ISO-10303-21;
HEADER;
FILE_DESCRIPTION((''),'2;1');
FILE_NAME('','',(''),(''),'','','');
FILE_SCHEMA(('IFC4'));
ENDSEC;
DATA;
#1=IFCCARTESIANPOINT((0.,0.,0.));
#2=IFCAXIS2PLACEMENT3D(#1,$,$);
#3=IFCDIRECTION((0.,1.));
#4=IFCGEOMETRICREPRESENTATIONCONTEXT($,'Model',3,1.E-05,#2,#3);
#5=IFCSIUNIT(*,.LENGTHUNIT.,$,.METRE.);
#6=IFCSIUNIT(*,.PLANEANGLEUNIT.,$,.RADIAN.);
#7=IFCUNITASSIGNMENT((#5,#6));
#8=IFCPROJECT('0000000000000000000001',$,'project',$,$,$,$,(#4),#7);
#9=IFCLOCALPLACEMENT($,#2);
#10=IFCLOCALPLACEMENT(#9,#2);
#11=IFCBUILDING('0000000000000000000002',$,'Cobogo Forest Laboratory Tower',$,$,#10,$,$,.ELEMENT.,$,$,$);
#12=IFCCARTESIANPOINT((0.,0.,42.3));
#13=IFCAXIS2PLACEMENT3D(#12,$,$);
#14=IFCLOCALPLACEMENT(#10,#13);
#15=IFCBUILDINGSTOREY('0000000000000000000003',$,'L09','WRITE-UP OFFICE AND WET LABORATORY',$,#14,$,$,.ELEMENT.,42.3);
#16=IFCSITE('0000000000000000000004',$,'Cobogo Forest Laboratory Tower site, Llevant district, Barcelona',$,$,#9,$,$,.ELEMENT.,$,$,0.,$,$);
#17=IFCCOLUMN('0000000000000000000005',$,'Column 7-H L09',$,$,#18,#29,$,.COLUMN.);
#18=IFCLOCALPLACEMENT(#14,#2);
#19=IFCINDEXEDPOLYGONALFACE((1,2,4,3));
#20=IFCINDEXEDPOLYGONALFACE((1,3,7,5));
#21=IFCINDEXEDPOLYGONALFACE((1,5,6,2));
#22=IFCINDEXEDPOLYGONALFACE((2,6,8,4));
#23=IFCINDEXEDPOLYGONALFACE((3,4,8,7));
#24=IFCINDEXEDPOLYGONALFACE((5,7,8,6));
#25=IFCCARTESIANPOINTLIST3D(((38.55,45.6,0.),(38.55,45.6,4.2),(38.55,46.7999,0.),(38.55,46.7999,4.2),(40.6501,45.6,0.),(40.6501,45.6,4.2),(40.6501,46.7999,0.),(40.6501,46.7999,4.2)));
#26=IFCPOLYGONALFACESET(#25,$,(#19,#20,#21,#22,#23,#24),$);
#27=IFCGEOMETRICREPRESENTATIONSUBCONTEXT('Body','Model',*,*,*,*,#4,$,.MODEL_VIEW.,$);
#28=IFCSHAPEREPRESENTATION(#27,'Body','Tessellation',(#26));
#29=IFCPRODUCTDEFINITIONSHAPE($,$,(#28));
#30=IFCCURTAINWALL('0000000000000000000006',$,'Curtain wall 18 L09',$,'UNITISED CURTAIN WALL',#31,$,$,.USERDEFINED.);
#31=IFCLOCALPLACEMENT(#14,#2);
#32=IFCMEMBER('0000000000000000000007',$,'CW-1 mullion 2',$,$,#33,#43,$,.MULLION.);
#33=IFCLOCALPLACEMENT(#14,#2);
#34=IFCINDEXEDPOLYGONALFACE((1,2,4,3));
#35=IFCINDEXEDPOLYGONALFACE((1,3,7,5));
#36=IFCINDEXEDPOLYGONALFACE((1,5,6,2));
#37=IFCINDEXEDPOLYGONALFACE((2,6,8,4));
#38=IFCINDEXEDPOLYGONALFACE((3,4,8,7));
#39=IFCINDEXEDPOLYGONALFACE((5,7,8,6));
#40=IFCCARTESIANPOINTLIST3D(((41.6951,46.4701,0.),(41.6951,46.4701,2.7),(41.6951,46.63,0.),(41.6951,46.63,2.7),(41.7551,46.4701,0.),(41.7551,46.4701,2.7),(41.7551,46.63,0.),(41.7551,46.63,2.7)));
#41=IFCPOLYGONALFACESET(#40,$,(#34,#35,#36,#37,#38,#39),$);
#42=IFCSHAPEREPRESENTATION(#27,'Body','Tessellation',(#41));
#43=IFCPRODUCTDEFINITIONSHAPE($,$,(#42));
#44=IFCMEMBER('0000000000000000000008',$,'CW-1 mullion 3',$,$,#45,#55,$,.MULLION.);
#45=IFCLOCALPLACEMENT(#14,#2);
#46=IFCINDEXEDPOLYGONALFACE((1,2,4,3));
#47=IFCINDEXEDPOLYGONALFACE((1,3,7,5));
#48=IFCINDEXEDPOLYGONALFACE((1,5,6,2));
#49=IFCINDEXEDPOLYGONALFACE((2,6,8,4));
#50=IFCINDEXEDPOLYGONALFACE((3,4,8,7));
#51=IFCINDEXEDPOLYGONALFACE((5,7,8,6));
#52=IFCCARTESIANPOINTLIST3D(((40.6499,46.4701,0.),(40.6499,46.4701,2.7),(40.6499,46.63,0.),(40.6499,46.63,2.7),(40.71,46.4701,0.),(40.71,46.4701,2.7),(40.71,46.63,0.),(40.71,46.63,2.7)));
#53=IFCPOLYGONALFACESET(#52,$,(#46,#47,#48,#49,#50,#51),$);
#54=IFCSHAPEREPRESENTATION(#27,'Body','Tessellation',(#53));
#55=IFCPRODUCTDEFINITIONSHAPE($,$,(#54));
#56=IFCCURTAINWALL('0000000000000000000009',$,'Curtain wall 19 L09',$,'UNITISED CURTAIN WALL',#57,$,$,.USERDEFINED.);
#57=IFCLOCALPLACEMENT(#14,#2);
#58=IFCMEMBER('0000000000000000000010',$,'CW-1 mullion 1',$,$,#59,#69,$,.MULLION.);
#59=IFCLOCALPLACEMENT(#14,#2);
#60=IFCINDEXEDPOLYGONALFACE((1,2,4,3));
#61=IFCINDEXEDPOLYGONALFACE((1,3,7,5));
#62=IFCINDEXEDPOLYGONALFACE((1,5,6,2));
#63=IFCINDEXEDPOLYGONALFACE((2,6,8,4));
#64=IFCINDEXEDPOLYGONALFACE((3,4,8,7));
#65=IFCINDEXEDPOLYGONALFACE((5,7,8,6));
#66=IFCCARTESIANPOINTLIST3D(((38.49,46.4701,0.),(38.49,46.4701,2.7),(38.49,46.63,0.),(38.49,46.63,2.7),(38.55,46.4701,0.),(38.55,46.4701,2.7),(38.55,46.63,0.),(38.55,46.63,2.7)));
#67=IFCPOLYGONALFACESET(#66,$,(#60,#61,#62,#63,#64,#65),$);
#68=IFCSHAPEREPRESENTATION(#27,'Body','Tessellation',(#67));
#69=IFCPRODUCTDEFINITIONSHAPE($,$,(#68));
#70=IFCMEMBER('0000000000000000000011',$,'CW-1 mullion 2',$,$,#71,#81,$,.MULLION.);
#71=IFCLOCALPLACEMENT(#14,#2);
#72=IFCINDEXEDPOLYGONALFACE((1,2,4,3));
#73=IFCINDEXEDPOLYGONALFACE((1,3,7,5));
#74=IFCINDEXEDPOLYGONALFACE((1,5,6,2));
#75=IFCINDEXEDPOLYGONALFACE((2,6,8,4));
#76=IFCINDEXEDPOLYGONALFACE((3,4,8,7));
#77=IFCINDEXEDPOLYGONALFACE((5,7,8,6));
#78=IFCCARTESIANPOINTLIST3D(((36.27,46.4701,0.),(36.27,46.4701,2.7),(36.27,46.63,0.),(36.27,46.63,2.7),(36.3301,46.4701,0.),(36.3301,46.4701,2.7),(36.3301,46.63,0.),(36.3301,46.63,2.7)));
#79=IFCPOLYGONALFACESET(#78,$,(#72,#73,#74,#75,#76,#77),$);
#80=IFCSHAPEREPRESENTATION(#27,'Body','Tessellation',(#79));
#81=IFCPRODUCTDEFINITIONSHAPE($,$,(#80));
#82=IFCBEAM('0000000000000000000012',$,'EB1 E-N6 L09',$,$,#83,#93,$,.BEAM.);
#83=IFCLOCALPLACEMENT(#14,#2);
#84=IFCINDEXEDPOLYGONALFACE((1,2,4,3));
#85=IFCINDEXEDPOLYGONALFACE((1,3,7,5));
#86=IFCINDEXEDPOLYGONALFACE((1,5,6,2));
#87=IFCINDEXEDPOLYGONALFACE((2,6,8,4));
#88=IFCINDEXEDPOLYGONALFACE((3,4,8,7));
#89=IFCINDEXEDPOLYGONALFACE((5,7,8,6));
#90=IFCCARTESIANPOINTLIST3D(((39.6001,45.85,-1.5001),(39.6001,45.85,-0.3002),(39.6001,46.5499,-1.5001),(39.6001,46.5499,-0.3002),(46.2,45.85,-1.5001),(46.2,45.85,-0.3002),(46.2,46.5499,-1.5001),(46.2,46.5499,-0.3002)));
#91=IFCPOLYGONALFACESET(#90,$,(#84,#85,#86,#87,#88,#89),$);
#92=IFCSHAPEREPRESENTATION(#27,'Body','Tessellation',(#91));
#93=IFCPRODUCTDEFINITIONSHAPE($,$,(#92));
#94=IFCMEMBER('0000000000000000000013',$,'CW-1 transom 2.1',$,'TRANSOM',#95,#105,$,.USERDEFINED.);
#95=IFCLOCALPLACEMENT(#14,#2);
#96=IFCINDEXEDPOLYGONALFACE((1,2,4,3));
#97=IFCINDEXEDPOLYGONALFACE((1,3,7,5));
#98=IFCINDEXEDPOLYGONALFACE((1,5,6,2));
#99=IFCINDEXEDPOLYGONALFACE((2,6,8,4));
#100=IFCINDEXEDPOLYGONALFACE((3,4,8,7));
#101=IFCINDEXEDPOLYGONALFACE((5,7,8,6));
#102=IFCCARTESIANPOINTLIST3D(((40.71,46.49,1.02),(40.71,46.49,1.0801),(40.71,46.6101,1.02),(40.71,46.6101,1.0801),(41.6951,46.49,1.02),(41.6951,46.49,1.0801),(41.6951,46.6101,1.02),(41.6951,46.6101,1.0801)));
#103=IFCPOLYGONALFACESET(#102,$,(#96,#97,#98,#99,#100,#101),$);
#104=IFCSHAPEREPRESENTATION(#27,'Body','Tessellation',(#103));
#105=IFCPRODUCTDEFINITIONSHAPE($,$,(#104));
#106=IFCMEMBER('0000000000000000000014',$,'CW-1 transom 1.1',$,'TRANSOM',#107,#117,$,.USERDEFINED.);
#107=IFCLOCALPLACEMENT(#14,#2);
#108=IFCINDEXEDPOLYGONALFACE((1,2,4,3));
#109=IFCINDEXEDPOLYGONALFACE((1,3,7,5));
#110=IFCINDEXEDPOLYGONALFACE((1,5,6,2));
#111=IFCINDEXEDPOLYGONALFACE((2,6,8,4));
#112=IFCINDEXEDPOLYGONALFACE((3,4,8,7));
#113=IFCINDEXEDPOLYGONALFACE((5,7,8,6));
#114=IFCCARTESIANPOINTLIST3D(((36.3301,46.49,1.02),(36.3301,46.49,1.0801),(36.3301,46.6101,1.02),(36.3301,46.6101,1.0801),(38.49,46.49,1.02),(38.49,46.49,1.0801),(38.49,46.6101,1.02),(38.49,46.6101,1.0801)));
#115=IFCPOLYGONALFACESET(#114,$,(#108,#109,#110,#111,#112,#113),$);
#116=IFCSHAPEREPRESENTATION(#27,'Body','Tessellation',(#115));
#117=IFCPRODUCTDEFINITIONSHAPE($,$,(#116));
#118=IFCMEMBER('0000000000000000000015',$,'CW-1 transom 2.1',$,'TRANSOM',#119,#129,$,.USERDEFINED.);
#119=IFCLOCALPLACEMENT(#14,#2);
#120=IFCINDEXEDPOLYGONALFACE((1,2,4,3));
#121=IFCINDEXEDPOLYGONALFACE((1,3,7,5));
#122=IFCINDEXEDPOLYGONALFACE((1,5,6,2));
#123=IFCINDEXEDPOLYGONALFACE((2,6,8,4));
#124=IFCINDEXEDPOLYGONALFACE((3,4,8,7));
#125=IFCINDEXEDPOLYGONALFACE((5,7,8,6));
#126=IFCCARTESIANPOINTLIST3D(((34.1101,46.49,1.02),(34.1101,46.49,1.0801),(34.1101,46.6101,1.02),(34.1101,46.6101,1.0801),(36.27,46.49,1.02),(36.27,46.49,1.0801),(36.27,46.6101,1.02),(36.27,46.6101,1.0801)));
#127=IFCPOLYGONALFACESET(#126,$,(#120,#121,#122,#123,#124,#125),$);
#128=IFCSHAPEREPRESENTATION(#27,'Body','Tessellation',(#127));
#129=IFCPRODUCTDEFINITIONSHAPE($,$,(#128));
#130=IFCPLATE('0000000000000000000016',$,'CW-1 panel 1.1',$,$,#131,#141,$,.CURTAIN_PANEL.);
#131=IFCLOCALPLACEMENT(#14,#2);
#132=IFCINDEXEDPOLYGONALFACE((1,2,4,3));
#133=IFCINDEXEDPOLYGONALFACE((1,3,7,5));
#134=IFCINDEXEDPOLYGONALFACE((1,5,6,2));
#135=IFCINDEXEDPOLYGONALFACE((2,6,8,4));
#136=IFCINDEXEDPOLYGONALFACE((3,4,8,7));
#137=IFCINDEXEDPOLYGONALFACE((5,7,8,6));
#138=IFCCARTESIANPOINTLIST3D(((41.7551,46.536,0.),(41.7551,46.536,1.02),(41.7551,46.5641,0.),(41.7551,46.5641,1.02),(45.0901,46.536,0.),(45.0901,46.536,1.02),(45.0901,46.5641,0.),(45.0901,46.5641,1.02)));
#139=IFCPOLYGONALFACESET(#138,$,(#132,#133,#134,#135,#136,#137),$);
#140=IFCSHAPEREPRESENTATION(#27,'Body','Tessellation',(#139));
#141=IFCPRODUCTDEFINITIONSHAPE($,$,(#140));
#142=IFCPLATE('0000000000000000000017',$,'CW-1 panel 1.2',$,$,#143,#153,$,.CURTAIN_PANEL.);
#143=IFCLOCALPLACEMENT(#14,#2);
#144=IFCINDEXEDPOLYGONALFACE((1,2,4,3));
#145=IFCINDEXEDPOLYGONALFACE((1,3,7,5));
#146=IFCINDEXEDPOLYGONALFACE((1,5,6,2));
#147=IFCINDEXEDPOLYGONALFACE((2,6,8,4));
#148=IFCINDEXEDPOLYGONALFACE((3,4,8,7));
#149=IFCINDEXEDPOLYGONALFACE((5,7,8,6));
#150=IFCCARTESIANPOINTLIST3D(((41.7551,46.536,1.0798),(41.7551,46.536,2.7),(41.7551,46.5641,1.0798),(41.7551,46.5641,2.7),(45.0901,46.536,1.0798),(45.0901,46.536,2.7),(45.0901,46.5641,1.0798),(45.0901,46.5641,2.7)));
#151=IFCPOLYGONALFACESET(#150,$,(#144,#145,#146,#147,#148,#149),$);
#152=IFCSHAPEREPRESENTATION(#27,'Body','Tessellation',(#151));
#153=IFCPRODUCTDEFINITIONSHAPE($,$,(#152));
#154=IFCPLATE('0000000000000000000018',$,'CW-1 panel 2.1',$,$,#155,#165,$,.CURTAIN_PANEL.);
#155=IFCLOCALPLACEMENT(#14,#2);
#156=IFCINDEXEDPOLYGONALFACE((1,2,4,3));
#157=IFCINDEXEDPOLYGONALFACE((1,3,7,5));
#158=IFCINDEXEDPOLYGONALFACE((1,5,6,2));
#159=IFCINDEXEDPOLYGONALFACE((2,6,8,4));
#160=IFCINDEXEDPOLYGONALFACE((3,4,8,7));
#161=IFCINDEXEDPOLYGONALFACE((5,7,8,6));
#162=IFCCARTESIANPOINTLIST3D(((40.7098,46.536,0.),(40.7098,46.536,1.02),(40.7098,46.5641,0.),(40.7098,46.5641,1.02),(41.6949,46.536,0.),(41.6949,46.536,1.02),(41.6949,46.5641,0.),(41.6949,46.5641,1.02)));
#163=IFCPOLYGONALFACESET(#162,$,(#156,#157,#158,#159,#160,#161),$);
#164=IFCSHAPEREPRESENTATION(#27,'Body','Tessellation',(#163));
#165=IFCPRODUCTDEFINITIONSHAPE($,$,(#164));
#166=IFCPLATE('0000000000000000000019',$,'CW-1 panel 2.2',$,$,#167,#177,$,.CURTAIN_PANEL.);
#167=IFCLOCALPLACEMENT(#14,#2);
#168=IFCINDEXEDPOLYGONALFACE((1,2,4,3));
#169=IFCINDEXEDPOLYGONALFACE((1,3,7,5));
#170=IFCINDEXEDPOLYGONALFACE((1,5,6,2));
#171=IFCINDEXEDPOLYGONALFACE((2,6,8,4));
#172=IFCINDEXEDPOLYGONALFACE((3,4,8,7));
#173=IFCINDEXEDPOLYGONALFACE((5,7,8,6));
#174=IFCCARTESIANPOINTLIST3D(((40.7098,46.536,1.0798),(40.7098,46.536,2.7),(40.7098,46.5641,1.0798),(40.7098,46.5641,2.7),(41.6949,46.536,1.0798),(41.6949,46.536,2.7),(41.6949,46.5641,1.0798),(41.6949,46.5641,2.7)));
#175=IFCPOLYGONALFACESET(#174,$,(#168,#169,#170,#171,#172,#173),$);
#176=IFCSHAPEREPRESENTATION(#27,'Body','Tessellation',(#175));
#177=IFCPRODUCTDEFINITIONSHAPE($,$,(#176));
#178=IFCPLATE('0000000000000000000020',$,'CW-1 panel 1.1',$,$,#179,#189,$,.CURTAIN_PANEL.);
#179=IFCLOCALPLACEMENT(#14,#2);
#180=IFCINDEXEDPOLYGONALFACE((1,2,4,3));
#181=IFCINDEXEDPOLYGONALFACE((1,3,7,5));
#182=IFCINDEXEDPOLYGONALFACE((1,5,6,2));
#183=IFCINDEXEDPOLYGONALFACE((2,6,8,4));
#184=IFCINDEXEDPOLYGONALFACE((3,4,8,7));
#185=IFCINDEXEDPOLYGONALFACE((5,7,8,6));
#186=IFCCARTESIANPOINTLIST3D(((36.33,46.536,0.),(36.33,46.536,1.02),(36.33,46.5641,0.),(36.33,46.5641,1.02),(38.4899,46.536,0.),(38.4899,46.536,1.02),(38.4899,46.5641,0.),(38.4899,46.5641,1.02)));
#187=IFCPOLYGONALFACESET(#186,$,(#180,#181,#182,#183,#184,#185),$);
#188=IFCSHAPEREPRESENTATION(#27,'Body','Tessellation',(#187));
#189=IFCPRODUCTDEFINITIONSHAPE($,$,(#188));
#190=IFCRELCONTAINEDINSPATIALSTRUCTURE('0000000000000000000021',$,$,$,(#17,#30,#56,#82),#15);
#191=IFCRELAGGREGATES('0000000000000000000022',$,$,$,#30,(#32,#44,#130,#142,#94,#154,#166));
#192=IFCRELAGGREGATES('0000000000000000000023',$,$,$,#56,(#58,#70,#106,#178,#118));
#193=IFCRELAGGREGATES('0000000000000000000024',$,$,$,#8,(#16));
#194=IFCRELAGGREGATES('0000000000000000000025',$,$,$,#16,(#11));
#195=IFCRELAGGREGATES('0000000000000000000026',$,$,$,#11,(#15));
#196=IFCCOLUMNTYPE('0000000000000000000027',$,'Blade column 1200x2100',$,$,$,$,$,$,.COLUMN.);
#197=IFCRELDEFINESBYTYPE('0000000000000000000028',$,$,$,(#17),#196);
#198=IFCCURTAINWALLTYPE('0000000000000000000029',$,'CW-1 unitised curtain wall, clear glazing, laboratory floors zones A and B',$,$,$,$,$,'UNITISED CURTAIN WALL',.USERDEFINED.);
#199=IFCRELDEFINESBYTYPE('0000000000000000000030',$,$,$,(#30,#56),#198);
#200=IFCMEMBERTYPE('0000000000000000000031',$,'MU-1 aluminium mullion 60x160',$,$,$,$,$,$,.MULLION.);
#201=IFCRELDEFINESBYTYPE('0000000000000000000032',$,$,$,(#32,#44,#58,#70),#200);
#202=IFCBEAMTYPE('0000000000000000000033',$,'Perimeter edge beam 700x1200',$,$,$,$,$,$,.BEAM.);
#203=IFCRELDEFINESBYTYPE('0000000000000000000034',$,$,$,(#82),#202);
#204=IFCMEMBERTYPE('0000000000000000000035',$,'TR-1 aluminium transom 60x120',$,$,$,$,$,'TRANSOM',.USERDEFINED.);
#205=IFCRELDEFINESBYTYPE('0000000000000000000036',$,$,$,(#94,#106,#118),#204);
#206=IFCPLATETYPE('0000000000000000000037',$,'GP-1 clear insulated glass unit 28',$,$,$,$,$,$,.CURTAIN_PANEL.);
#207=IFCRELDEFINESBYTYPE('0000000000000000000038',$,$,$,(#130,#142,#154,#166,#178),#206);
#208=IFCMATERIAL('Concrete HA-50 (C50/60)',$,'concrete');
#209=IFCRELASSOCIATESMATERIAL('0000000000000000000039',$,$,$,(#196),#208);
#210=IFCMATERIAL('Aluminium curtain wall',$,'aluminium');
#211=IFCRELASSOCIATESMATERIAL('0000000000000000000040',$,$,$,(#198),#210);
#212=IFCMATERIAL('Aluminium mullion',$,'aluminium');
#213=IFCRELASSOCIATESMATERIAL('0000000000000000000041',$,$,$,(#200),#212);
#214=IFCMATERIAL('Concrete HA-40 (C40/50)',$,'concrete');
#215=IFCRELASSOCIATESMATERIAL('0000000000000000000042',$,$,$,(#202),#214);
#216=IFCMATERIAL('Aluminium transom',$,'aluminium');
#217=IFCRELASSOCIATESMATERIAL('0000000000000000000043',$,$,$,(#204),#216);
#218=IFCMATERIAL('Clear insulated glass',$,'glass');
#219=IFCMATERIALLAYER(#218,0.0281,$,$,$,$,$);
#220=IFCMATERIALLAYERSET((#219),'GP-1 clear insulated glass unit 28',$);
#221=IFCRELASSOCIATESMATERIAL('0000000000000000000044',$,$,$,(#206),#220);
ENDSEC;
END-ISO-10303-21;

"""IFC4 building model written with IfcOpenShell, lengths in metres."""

from ifc_helpers import new_model, si_unit, direction, frame, origin, origin_2d, place, context, subcontext, project, spatial, rectangle, extrude, material, layer, layer_set, material_profile, profile_set, type_object, element, aggregate, save


model = new_model("IFC4")

# Units and contexts
model_context = context("Model", 3, precision=1e-05, world=origin(), true_north=direction((0.0, 1.0)))
body_context = subcontext(model_context, "Body", "Model", "MODEL_VIEW")
ifc_project = project(units=[si_unit("LENGTHUNIT", "METRE"), si_unit("PLANEANGLEUNIT", "RADIAN")], contexts=[model_context])

# Site, building, storey
site_placement = place(None, origin())
site = spatial("IfcSite", under=ifc_project, at=site_placement, Name="Cobogo Forest Laboratory Tower site, Llevant district, Barcelona", CompositionType="ELEMENT", RefElevation=0.0)
building_placement = place(site_placement, origin())
building = spatial("IfcBuilding", under=site, at=building_placement, Name="Cobogo Forest Laboratory Tower", CompositionType="ELEMENT")
storey_placement = place(building_placement, frame((0.0, 0.0, 42.3)))
storey = spatial("IfcBuildingStorey", under=building, at=storey_placement, Name="L09", Description="WRITE-UP OFFICE AND WET LABORATORY", CompositionType="ELEMENT", Elevation=42.3)

# Column
ifc_material_1 = material(Name="Concrete HA-50 (C50/60)", Category="concrete")
ifc_material_profile_1 = material_profile(ifc_material_1, rectangle(XDim=2.1001, YDim=1.2, at=origin_2d()), Name="RC 1200x2100")
ifc_profile_set_1 = profile_set([ifc_material_profile_1], Name="Concrete HA-50 (C50/60)")
column_type = type_object("IfcColumnType", Name="Blade column 1200x2100", PredefinedType="COLUMN", material=ifc_profile_set_1)
column_placement = place(storey_placement, frame((39.6001, 46.2, 0.0), z_axis=(0.0, 0.0, 1.0), x_axis=(1.0, 0.0, 0.0)))
element("IfcColumn", 1, at=column_placement, inside=storey, type_object=column_type, Name="Column 7-H L09", PredefinedType="COLUMN", context=body_context, shape_type="SweptSolid", body=[
    extrude(rectangle(XDim=2.1001, YDim=1.2, at=origin_2d()), origin(), (0.0, 0.0, 1.0), 4.2),
])

# Curtain walls, members
ifc_material_2 = material(Name="Aluminium curtain wall", Category="aluminium")
curtain_wall_type = type_object("IfcCurtainWallType", Name="CW-1 unitised curtain wall, clear glazing, laboratory floors zones A and B", ElementType="UNITISED CURTAIN WALL", PredefinedType="USERDEFINED", material=ifc_material_2)
curtain_wall_1_placement = place(storey_placement, origin())
curtain_wall_1 = element("IfcCurtainWall", 2, at=curtain_wall_1_placement, inside=storey, type_object=curtain_wall_type, Name="Curtain wall 18 L09", ObjectType="UNITISED CURTAIN WALL", PredefinedType="USERDEFINED")
ifc_material_3 = material(Name="Aluminium mullion", Category="aluminium")
ifc_material_profile_2 = material_profile(ifc_material_3, rectangle(XDim=0.0601, YDim=0.1599, at=origin_2d()), Name="AL 60x160")
ifc_profile_set_2 = profile_set([ifc_material_profile_2], Name="Aluminium mullion")
member_type_1 = type_object("IfcMemberType", Name="MU-1 aluminium mullion 60x160", PredefinedType="MULLION", material=ifc_profile_set_2)
member_1_placement = place(storey_placement, frame((41.7251, 46.55, 0.0), z_axis=(0.0, 0.0, 1.0), x_axis=(-1.0, 0.0, 0.0)))
member_1 = element("IfcMember", 3, at=member_1_placement, type_object=member_type_1, Name="CW-1 mullion 2", PredefinedType="MULLION", context=body_context, shape_type="SweptSolid", body=[
    extrude(rectangle(XDim=0.0601, YDim=0.1599, at=origin_2d()), origin(), (0.0, 0.0, 1.0), 2.7),
])
member_2_placement = place(storey_placement, frame((40.6799, 46.55, 0.0), z_axis=(0.0, 0.0, 1.0), x_axis=(-1.0, 0.0, 0.0)))
member_2 = element("IfcMember", 4, at=member_2_placement, type_object=member_type_1, Name="CW-1 mullion 3", PredefinedType="MULLION", context=body_context, shape_type="SweptSolid", body=[
    extrude(rectangle(XDim=0.0601, YDim=0.1599, at=origin_2d()), origin(), (0.0, 0.0, 1.0), 2.7),
])
curtain_wall_2_placement = place(storey_placement, origin())
curtain_wall_2 = element("IfcCurtainWall", 5, at=curtain_wall_2_placement, inside=storey, type_object=curtain_wall_type, Name="Curtain wall 19 L09", ObjectType="UNITISED CURTAIN WALL", PredefinedType="USERDEFINED")
member_3_placement = place(storey_placement, frame((38.52, 46.55, 0.0), z_axis=(0.0, 0.0, 1.0), x_axis=(-1.0, 0.0, 0.0)))
member_3 = element("IfcMember", 6, at=member_3_placement, type_object=member_type_1, Name="CW-1 mullion 1", PredefinedType="MULLION", context=body_context, shape_type="SweptSolid", body=[
    extrude(rectangle(XDim=0.0601, YDim=0.1599, at=origin_2d()), origin(), (0.0, 0.0, 1.0), 2.7),
])
member_4_placement = place(storey_placement, frame((36.3, 46.55, 0.0), z_axis=(0.0, 0.0, 1.0), x_axis=(-1.0, 0.0, 0.0)))
member_4 = element("IfcMember", 7, at=member_4_placement, type_object=member_type_1, Name="CW-1 mullion 2", PredefinedType="MULLION", context=body_context, shape_type="SweptSolid", body=[
    extrude(rectangle(XDim=0.0601, YDim=0.1599, at=origin_2d()), origin(), (0.0, 0.0, 1.0), 2.7),
])

# Beam
ifc_material_4 = material(Name="Concrete HA-40 (C40/50)", Category="concrete")
ifc_material_profile_3 = material_profile(ifc_material_4, rectangle(XDim=0.7, YDim=1.2, at=origin_2d()), Name="RC 700x1200")
ifc_profile_set_3 = profile_set([ifc_material_profile_3], Name="Concrete HA-40 (C40/50)")
beam_type = type_object("IfcBeamType", Name="Perimeter edge beam 700x1200", PredefinedType="BEAM", material=ifc_profile_set_3)
beam_placement = place(storey_placement, frame((39.6001, 46.2, -0.9001), z_axis=(1.0, 0.0, 0.0), x_axis=(0.0, 1.0, 0.0)))
element("IfcBeam", 8, at=beam_placement, inside=storey, type_object=beam_type, Name="EB1 E-N6 L09", PredefinedType="BEAM", context=body_context, shape_type="SweptSolid", body=[
    extrude(rectangle(XDim=0.7, YDim=1.2, at=origin_2d()), origin(), (0.0, 0.0, 1.0), 6.5999),
])

# Members
ifc_material_5 = material(Name="Aluminium transom", Category="aluminium")
ifc_material_profile_4 = material_profile(ifc_material_5, rectangle(XDim=0.1201, YDim=0.0601, at=origin_2d()), Name="AL 60x120")
ifc_profile_set_4 = profile_set([ifc_material_profile_4], Name="Aluminium transom")
member_type_2 = type_object("IfcMemberType", Name="TR-1 aluminium transom 60x120", ElementType="TRANSOM", PredefinedType="USERDEFINED", material=ifc_profile_set_4)
member_5_placement = place(storey_placement, frame((41.6951, 46.55, 1.05), z_axis=(-1.0, 0.0, 0.0), x_axis=(0.0, -1.0, 0.0)))
member_5 = element("IfcMember", 9, at=member_5_placement, type_object=member_type_2, Name="CW-1 transom 2.1", ObjectType="TRANSOM", PredefinedType="USERDEFINED", context=body_context, shape_type="SweptSolid", body=[
    extrude(rectangle(XDim=0.1201, YDim=0.0601, at=origin_2d()), origin(), (0.0, 0.0, 1.0), 0.9851),
])
member_6_placement = place(storey_placement, frame((38.49, 46.55, 1.05), z_axis=(-1.0, 0.0, 0.0), x_axis=(0.0, -1.0, 0.0)))
member_6 = element("IfcMember", 10, at=member_6_placement, type_object=member_type_2, Name="CW-1 transom 1.1", ObjectType="TRANSOM", PredefinedType="USERDEFINED", context=body_context, shape_type="SweptSolid", body=[
    extrude(rectangle(XDim=0.1201, YDim=0.0601, at=origin_2d()), origin(), (0.0, 0.0, 1.0), 2.1599),
])
member_7_placement = place(storey_placement, frame((36.27, 46.55, 1.05), z_axis=(-1.0, 0.0, 0.0), x_axis=(0.0, -1.0, 0.0)))
member_7 = element("IfcMember", 11, at=member_7_placement, type_object=member_type_2, Name="CW-1 transom 2.1", ObjectType="TRANSOM", PredefinedType="USERDEFINED", context=body_context, shape_type="SweptSolid", body=[
    extrude(rectangle(XDim=0.1201, YDim=0.0601, at=origin_2d()), origin(), (0.0, 0.0, 1.0), 2.1599),
])

# Plates
ifc_material_6 = material(Name="Clear insulated glass", Category="glass")
ifc_layer_1 = layer(ifc_material_6, 0.0281)
ifc_layer_set_1 = layer_set([ifc_layer_1], Name="GP-1 clear insulated glass unit 28")
plate_type_1 = type_object("IfcPlateType", Name="GP-1 clear insulated glass unit 28", PredefinedType="CURTAIN_PANEL", material=ifc_layer_set_1)
plate_1_placement = place(storey_placement, frame((43.4226, 46.55, 0.0), z_axis=(0.0, 0.0, 1.0), x_axis=(-1.0, 0.0, 0.0)))
plate_1 = element("IfcPlate", 12, at=plate_1_placement, type_object=plate_type_1, Name="CW-1 panel 1.1", PredefinedType="CURTAIN_PANEL", context=body_context, shape_type="SweptSolid", body=[
    extrude(rectangle(XDim=3.335, YDim=0.0281, at=origin_2d()), origin(), (0.0, 0.0, 1.0), 1.02),
])
plate_2_placement = place(storey_placement, frame((43.4226, 46.55, 1.0798), z_axis=(0.0, 0.0, 1.0), x_axis=(-1.0, 0.0, 0.0)))
plate_2 = element("IfcPlate", 13, at=plate_2_placement, type_object=plate_type_1, Name="CW-1 panel 1.2", PredefinedType="CURTAIN_PANEL", context=body_context, shape_type="SweptSolid", body=[
    extrude(rectangle(XDim=3.335, YDim=0.0281, at=origin_2d()), origin(), (0.0, 0.0, 1.0), 1.6201),
])
plate_3_placement = place(storey_placement, frame((41.2024, 46.55, 0.0), z_axis=(0.0, 0.0, 1.0), x_axis=(-1.0, 0.0, 0.0)))
plate_3 = element("IfcPlate", 14, at=plate_3_placement, type_object=plate_type_1, Name="CW-1 panel 2.1", PredefinedType="CURTAIN_PANEL", context=body_context, shape_type="SweptSolid", body=[
    extrude(rectangle(XDim=0.9851, YDim=0.0281, at=origin_2d()), origin(), (0.0, 0.0, 1.0), 1.02),
])
plate_4_placement = place(storey_placement, frame((41.2024, 46.55, 1.0798), z_axis=(0.0, 0.0, 1.0), x_axis=(-1.0, 0.0, 0.0)))
plate_4 = element("IfcPlate", 15, at=plate_4_placement, type_object=plate_type_1, Name="CW-1 panel 2.2", PredefinedType="CURTAIN_PANEL", context=body_context, shape_type="SweptSolid", body=[
    extrude(rectangle(XDim=0.9851, YDim=0.0281, at=origin_2d()), origin(), (0.0, 0.0, 1.0), 1.6201),
])
aggregate(curtain_wall_1, [member_1, member_2, plate_1, plate_2, member_5, plate_3, plate_4])
plate_5_placement = place(storey_placement, frame((37.4099, 46.55, 0.0), z_axis=(0.0, 0.0, 1.0), x_axis=(-1.0, 0.0, 0.0)))
plate_5 = element("IfcPlate", 16, at=plate_5_placement, type_object=plate_type_1, Name="CW-1 panel 1.1", PredefinedType="CURTAIN_PANEL", context=body_context, shape_type="SweptSolid", body=[
    extrude(rectangle(XDim=2.1599, YDim=0.0281, at=origin_2d()), origin(), (0.0, 0.0, 1.0), 1.02),
])
aggregate(curtain_wall_2, [member_3, member_4, member_6, plate_5, member_7])

save(model, "model.ifc")
